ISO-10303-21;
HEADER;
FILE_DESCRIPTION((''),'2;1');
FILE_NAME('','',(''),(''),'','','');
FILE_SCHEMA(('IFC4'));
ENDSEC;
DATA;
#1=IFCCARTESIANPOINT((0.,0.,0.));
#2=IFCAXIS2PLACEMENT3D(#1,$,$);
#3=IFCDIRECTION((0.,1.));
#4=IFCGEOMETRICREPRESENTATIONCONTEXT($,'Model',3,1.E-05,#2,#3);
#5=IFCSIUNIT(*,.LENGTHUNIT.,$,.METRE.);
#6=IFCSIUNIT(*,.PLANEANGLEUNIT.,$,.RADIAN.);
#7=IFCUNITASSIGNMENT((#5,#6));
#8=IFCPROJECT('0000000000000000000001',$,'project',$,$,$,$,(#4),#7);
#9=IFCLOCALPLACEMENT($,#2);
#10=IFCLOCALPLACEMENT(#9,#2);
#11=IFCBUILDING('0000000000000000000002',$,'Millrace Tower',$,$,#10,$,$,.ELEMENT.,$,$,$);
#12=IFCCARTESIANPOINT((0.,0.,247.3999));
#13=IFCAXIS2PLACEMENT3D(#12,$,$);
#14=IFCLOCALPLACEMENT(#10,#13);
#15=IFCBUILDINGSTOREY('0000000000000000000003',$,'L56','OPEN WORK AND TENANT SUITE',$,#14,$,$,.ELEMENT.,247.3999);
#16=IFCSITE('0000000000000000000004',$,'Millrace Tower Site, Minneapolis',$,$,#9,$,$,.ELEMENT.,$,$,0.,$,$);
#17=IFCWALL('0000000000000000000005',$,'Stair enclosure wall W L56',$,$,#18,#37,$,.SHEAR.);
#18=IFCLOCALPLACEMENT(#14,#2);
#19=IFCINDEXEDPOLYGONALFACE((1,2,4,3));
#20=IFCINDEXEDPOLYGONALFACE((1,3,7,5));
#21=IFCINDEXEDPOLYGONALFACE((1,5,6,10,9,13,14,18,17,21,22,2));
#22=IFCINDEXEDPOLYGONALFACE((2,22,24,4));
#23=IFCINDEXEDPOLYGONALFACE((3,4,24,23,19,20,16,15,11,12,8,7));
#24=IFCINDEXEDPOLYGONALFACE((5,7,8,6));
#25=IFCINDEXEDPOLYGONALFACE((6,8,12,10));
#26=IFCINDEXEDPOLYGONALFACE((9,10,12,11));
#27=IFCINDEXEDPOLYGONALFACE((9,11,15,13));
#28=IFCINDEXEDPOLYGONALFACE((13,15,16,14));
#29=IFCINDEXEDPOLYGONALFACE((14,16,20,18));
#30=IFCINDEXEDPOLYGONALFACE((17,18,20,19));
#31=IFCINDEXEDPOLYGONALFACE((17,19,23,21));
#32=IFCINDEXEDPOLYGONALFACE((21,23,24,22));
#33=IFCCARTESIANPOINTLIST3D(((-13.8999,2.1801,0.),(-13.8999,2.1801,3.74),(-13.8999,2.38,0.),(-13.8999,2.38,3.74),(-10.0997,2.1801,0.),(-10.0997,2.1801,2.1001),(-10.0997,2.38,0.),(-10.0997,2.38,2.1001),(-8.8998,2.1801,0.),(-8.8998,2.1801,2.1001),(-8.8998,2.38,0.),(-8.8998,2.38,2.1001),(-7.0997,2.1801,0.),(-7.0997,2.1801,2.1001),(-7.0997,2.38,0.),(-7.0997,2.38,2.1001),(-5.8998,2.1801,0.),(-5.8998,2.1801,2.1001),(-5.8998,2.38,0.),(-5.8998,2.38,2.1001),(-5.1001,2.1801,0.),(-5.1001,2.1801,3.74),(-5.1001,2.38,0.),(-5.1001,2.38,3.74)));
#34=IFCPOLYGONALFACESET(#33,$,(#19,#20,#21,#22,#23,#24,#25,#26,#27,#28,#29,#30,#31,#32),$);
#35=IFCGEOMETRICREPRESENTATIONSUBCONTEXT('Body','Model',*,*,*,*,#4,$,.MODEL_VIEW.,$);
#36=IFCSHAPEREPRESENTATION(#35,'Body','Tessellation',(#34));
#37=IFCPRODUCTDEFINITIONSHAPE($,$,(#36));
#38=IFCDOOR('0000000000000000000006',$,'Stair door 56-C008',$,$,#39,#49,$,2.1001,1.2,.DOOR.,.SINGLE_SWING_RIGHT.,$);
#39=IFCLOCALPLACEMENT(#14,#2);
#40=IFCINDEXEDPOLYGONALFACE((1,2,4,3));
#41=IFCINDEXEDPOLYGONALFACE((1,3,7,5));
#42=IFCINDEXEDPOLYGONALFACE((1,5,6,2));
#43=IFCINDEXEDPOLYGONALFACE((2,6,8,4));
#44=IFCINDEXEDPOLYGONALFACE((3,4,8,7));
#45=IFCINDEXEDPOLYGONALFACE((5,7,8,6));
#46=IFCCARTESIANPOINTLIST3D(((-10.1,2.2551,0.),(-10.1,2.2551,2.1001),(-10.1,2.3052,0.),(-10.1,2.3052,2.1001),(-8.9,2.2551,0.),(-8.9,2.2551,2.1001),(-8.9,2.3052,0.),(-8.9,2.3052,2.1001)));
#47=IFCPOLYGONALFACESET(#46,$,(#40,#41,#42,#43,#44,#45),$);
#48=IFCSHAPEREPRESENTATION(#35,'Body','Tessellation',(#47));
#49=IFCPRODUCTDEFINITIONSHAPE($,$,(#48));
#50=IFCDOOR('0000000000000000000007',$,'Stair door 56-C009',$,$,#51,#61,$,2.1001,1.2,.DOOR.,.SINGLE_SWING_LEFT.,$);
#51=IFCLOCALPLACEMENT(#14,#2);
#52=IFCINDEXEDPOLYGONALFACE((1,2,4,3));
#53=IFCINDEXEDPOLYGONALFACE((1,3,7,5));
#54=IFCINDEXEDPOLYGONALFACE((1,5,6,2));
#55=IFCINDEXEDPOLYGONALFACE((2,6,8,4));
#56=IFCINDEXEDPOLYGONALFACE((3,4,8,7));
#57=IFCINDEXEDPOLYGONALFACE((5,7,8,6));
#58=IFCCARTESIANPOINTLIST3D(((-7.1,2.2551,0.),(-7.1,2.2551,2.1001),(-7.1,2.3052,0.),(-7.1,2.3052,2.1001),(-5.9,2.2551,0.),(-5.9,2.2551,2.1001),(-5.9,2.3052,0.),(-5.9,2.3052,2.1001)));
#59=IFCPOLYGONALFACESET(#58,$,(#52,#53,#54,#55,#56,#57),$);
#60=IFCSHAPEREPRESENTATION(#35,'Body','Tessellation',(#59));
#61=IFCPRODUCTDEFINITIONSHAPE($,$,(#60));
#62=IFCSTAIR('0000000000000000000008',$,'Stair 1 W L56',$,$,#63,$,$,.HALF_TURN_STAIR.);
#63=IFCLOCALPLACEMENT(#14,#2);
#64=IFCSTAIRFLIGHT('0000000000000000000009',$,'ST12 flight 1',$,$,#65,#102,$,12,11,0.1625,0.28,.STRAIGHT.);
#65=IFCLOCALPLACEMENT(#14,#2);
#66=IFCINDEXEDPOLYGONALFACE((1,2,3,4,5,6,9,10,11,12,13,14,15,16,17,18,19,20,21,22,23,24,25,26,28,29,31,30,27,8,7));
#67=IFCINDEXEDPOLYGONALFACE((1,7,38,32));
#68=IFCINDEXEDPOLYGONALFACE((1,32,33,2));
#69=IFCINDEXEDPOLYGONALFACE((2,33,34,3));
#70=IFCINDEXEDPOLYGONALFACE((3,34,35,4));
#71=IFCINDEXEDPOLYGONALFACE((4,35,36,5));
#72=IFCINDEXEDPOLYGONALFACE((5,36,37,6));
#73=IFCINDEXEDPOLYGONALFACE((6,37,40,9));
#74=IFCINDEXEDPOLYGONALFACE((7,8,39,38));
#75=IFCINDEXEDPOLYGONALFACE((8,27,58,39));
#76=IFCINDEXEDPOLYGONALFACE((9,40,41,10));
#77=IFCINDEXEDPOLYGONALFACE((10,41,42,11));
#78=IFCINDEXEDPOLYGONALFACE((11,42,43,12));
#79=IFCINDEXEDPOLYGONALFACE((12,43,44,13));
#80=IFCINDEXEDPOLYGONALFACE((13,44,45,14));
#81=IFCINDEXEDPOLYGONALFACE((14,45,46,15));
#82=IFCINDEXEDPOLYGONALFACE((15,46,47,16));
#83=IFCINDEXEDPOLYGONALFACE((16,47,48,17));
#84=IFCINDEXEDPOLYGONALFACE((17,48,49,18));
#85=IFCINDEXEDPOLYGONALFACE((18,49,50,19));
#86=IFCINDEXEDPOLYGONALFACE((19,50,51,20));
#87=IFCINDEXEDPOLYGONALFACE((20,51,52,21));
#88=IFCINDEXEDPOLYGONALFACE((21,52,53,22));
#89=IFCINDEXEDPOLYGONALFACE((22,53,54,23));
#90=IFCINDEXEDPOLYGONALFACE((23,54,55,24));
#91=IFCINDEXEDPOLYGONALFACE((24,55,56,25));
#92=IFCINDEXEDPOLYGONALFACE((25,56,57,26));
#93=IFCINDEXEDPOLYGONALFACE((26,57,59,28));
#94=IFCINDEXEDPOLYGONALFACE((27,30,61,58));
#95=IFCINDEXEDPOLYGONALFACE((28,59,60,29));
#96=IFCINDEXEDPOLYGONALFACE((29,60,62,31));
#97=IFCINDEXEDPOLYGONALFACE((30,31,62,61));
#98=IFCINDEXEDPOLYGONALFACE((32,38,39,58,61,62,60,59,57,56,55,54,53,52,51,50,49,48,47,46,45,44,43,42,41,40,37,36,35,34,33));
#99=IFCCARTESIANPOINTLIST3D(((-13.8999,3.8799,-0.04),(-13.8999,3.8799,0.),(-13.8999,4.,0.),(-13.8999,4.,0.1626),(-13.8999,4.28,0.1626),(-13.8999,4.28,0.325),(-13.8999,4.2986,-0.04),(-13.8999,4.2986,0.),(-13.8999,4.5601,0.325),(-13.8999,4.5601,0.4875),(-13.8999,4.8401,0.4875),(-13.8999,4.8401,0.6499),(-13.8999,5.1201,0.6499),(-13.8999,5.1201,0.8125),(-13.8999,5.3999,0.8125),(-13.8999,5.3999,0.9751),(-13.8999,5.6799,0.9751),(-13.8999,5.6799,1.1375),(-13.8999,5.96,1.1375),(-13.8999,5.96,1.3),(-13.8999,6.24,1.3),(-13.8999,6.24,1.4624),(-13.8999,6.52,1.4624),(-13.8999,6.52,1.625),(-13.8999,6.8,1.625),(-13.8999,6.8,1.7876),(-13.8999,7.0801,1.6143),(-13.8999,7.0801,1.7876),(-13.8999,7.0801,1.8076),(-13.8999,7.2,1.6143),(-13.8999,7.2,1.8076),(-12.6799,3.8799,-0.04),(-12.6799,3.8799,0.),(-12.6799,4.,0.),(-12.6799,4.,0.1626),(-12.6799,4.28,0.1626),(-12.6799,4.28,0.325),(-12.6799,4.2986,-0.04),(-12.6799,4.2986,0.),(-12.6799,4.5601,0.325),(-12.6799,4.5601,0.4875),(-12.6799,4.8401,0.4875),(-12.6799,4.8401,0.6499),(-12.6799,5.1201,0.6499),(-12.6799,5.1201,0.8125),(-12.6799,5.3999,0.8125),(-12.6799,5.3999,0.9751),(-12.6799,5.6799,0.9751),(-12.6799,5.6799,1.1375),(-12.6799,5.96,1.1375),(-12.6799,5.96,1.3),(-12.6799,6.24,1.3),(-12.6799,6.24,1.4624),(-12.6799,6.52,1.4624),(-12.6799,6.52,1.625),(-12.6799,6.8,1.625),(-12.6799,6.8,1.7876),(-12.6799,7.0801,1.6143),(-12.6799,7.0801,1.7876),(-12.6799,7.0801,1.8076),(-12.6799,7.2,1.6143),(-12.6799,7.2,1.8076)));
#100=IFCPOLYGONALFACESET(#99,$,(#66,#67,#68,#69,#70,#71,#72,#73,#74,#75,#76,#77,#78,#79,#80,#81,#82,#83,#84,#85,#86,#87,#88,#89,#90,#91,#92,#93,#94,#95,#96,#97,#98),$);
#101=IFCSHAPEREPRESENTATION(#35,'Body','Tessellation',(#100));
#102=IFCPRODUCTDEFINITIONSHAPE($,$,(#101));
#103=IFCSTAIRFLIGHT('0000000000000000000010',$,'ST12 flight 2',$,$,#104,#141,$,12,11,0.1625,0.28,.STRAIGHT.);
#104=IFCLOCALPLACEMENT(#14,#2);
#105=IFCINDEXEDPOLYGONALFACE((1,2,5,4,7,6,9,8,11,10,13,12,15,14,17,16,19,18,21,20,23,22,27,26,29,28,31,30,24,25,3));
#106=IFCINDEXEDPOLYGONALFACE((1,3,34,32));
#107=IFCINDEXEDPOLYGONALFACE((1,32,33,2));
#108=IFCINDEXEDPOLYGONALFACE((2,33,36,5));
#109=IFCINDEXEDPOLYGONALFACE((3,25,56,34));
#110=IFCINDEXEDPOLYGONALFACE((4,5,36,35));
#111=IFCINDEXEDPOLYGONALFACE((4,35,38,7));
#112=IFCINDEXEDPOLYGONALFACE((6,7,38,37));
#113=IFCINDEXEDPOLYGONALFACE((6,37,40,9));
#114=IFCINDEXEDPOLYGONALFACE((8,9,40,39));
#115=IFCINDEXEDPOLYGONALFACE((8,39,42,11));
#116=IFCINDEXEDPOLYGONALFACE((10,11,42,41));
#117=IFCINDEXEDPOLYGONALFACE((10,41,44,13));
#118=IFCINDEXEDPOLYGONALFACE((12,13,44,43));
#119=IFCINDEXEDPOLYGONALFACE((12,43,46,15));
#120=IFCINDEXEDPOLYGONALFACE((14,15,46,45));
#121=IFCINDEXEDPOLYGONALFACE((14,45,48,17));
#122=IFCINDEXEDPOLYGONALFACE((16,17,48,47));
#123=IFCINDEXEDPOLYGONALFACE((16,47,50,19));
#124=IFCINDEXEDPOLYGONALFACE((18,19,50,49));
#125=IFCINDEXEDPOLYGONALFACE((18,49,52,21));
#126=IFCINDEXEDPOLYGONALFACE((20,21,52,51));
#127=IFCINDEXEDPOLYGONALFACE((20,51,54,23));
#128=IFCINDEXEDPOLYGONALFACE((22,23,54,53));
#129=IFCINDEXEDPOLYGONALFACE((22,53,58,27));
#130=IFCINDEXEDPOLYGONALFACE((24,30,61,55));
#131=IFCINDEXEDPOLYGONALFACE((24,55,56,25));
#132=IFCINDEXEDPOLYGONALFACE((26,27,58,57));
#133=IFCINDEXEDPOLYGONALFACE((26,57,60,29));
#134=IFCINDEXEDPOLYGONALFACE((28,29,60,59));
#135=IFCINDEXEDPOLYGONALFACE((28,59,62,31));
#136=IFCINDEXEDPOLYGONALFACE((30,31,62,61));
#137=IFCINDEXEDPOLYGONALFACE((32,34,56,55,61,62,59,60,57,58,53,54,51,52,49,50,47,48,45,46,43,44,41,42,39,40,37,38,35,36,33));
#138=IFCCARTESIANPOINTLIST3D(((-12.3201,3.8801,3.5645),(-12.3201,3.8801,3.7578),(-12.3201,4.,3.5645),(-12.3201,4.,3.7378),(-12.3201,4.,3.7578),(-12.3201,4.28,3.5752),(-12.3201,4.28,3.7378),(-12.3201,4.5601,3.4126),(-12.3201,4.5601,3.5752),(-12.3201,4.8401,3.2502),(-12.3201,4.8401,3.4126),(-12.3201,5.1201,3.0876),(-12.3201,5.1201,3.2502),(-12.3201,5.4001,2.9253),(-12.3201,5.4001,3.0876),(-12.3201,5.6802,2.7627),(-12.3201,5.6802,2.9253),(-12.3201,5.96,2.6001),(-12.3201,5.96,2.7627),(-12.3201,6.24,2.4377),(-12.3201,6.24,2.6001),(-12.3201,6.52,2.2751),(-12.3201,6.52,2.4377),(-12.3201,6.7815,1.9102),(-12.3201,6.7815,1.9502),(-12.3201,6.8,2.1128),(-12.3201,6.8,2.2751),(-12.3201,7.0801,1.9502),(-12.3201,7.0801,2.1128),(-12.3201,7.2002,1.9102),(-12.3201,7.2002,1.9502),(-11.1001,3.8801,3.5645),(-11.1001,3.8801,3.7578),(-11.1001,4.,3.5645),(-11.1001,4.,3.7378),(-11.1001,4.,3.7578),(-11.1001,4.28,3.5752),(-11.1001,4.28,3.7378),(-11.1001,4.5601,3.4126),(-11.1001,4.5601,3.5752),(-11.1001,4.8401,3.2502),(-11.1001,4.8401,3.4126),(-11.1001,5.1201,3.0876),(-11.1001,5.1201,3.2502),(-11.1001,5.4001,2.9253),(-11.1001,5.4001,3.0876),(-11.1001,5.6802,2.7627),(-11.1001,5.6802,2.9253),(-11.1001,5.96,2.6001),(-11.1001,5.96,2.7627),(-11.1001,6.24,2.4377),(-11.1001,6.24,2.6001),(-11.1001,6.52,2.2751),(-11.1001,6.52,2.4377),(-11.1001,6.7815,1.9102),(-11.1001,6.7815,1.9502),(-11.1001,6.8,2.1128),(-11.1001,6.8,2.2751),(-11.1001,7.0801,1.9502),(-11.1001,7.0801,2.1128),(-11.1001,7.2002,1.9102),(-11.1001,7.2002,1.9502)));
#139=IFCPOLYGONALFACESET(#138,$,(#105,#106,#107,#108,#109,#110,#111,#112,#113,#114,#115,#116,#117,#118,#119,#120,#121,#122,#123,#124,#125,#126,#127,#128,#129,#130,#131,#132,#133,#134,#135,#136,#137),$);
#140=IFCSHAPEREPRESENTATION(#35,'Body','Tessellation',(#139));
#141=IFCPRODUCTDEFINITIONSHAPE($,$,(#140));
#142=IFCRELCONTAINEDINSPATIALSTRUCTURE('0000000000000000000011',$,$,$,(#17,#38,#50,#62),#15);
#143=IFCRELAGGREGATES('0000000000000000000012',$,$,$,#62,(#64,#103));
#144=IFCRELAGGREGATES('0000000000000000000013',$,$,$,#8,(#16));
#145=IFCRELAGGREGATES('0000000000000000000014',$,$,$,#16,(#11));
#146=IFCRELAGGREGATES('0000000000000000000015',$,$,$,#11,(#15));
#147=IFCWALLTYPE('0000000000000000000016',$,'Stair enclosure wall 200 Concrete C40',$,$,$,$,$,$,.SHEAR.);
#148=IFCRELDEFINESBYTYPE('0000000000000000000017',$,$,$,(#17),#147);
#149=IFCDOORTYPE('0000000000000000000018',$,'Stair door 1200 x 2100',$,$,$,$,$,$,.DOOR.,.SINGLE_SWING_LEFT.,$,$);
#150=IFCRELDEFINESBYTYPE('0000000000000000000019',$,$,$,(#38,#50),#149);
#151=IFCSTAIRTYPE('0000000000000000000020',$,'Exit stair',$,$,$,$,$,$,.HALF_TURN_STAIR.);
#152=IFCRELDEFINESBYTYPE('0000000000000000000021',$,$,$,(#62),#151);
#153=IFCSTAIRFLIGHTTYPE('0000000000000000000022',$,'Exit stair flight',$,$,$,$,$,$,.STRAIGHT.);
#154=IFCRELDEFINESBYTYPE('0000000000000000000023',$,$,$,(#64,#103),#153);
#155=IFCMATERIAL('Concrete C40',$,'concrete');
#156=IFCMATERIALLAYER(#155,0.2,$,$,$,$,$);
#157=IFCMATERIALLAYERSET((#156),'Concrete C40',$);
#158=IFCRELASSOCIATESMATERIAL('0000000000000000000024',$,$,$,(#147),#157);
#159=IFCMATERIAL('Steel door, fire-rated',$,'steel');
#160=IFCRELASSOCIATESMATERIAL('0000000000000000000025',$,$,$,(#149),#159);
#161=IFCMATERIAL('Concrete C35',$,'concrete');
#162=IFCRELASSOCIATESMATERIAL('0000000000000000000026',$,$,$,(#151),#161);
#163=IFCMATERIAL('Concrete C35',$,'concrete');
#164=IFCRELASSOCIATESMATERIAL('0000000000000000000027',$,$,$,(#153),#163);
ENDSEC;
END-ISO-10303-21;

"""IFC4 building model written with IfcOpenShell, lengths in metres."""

from ifc_helpers import new_model, si_unit, direction, frame, frame_2d, origin, place, context, subcontext, project, spatial, polyline, rectangle, outline, extrude, material, layer, layer_set, type_object, element, fill, aggregate, save


model = new_model("IFC4")

# Units and contexts
model_context = context("Model", 3, precision=1e-05, world=origin(), true_north=direction((0.0, 1.0)))
body_context = subcontext(model_context, "Body", "Model", "MODEL_VIEW")
ifc_project = project(units=[si_unit("LENGTHUNIT", "METRE"), si_unit("PLANEANGLEUNIT", "RADIAN")], contexts=[model_context])

# Site, building, storey
site_placement = place(None, origin())
site = spatial("IfcSite", under=ifc_project, at=site_placement, Name="Millrace Tower Site, Minneapolis", CompositionType="ELEMENT", RefElevation=0.0)
building_placement = place(site_placement, origin())
building = spatial("IfcBuilding", under=site, at=building_placement, Name="Millrace Tower", CompositionType="ELEMENT")
storey_placement = place(building_placement, frame((0.0, 0.0, 247.3999)))
storey = spatial("IfcBuildingStorey", under=building, at=storey_placement, Name="L56", Description="OPEN WORK AND TENANT SUITE", CompositionType="ELEMENT", Elevation=247.3999)

# Shared definitions
placement = place(storey_placement, origin())

# Shared definitions
ifc_material_1 = material(Name="Concrete C40", Category="concrete")
ifc_layer_1 = layer(ifc_material_1, 0.2)
ifc_layer_set_1 = layer_set([ifc_layer_1], Name="Concrete C40")
wall_type_1 = type_object("IfcWallType", Name="Stair enclosure wall 200 Concrete C40", PredefinedType="SHEAR", material=ifc_layer_set_1)

# Wall, openings, doors
wall_1_placement = place(storey_placement, frame((-13.8999, 2.28, 0.0), z_axis=(0.0, 0.0, 1.0), x_axis=(1.0, 0.0, 0.0)))
wall_1 = element("IfcWall", 1, at=wall_1_placement, inside=storey, type_object=wall_type_1, Name="Stair enclosure wall W L56", PredefinedType="SHEAR", context=body_context, shape_type="SweptSolid", body=[
    extrude(rectangle(XDim=8.7998, YDim=0.2, at=frame_2d((4.3999, 0.0))), origin(), (0.0, 0.0, 1.0), 3.74),
])
opening_1_placement = place(wall_1_placement, frame((3.8, 0.0, 0.0)))
opening_1 = element("IfcOpeningElement", 2, at=opening_1_placement, cuts=wall_1, PredefinedType="OPENING", context=body_context, shape_type="SweptSolid", body=[
    extrude(rectangle(XDim=1.2, YDim=2.1001, at=frame_2d((0.6001, 1.05))), frame((0.0, 0.1099, 0.0), z_axis=(0.0, -1.0, 0.0), x_axis=(1.0, 0.0, 0.0)), (0.0, 0.0, 1.0), 0.22),
])
opening_2_placement = place(wall_1_placement, frame((6.8, 0.0, 0.0)))
opening_2 = element("IfcOpeningElement", 3, at=opening_2_placement, cuts=wall_1, PredefinedType="OPENING", context=body_context, shape_type="SweptSolid", body=[
    extrude(rectangle(XDim=1.2, YDim=2.1001, at=frame_2d((0.6001, 1.05))), frame((0.0, 0.1099, 0.0), z_axis=(0.0, -1.0, 0.0), x_axis=(1.0, 0.0, 0.0)), (0.0, 0.0, 1.0), 0.22),
])
ifc_material_2 = material(Name="Steel door, fire-rated", Category="steel")
door_type_1 = type_object("IfcDoorType", Name="Stair door 1200 x 2100", OperationType="SINGLE_SWING_LEFT", PredefinedType="DOOR", material=ifc_material_2)
door_1_placement = place(opening_1_placement, frame((1.2, 0.0, 0.0), z_axis=(0.0, 0.0, 1.0), x_axis=(-1.0, 0.0, 0.0)))
door_1 = element("IfcDoor", 4, at=door_1_placement, inside=storey, type_object=door_type_1, Name="Stair door 56-C008", OperationType="SINGLE_SWING_RIGHT", OverallHeight=2.1001, OverallWidth=1.2, PredefinedType="DOOR", context=body_context, shape_type="SweptSolid", body=[
    extrude(rectangle(XDim=1.2, YDim=2.1001, at=frame_2d((0.6001, 1.05))), frame((0.0, 0.0249, 0.0), z_axis=(0.0, -1.0, 0.0), x_axis=(1.0, 0.0, 0.0)), (0.0, 0.0, 1.0), 0.05),
])
fill(opening_1, door_1)
door_2_placement = place(opening_2_placement, frame((1.2, 0.0, 0.0), z_axis=(0.0, 0.0, 1.0), x_axis=(-1.0, 0.0, 0.0)))
door_2 = element("IfcDoor", 5, at=door_2_placement, inside=storey, type_object=door_type_1, Name="Stair door 56-C009", OperationType="SINGLE_SWING_LEFT", OverallHeight=2.1001, OverallWidth=1.2, PredefinedType="DOOR", context=body_context, shape_type="SweptSolid", body=[
    extrude(rectangle(XDim=1.2, YDim=2.1001, at=frame_2d((0.6001, 1.05))), frame((0.0, 0.0249, 0.0), z_axis=(0.0, -1.0, 0.0), x_axis=(1.0, 0.0, 0.0)), (0.0, 0.0, 1.0), 0.05),
])
fill(opening_2, door_2)

# Stair, stair flights
ifc_material_3 = material(Name="Concrete C35", Category="concrete")
stair_type = type_object("IfcStairType", Name="Exit stair", PredefinedType="HALF_TURN_STAIR", material=ifc_material_3)
stair = element("IfcStair", 6, at=placement, inside=storey, type_object=stair_type, Name="Stair 1 W L56", PredefinedType="HALF_TURN_STAIR")
ifc_material_4 = material(Name="Concrete C35", Category="concrete")
stair_flight_type = type_object("IfcStairFlightType", Name="Exit stair flight", PredefinedType="STRAIGHT", material=ifc_material_4)
stair_flight_1_placement = place(storey_placement, frame((-13.29, 4.0, 0.0), z_axis=(0.0, 0.0, 1.0), x_axis=(0.0, 1.0, 0.0)))
stair_flight_1 = element("IfcStairFlight", 7, at=stair_flight_1_placement, type_object=stair_flight_type, Name="ST12 flight 1", NumberOfRisers=12, NumberOfTreads=11, PredefinedType="STRAIGHT", RiserHeight=0.1625, TreadLength=0.28, context=body_context, shape_type="SweptSolid", body=[
    extrude(outline(polyline([(-0.1201, -0.04), (-0.1201, 0.0), (0.0, 0.0), (0.0, 0.1626), (0.28, 0.1626), (0.28, 0.325), (0.5601, 0.325), (0.5601, 0.4875), (0.8401, 0.4875), (0.8401, 0.6499), (1.1201, 0.6499), (1.1201, 0.8125), (1.3999, 0.8125), (1.3999, 0.9751), (1.6799, 0.9751), (1.6799, 1.1375), (1.96, 1.1375), (1.96, 1.3), (2.24, 1.3), (2.24, 1.4624), (2.52, 1.4624), (2.52, 1.625), (2.8, 1.625), (2.8, 1.7876), (3.0801, 1.7876), (3.0801, 1.8076), (3.2, 1.8076), (3.2, 1.6143), (3.0801, 1.6143), (0.2986, 0.0), (0.2986, -0.04), (-0.1201, -0.04)])), frame((0.0, 0.6099, 0.0), z_axis=(0.0, -1.0, 0.0), x_axis=(1.0, 0.0, 0.0)), (0.0, 0.0, 1.0), 1.22),
])
stair_flight_2_placement = place(storey_placement, frame((-11.71, 7.0801, 1.9502), z_axis=(0.0, 0.0, 1.0), x_axis=(0.0, -1.0, 0.0)))
stair_flight_2 = element("IfcStairFlight", 8, at=stair_flight_2_placement, type_object=stair_flight_type, Name="ST12 flight 2", NumberOfRisers=12, NumberOfTreads=11, PredefinedType="STRAIGHT", RiserHeight=0.1625, TreadLength=0.28, context=body_context, shape_type="SweptSolid", body=[
    extrude(outline(polyline([(-0.1201, -0.04), (-0.1201, 0.0), (0.0, 0.0), (0.0, 0.1626), (0.28, 0.1626), (0.28, 0.325), (0.5601, 0.325), (0.5601, 0.4875), (0.8401, 0.4875), (0.8401, 0.6499), (1.1201, 0.6499), (1.1201, 0.8125), (1.3999, 0.8125), (1.3999, 0.9751), (1.6799, 0.9751), (1.6799, 1.1375), (1.96, 1.1375), (1.96, 1.3), (2.24, 1.3), (2.24, 1.4624), (2.52, 1.4624), (2.52, 1.625), (2.8, 1.625), (2.8, 1.7876), (3.0801, 1.7876), (3.0801, 1.8076), (3.2, 1.8076), (3.2, 1.6143), (3.0801, 1.6143), (0.2986, 0.0), (0.2986, -0.04), (-0.1201, -0.04)])), frame((0.0, 0.6099, 0.0), z_axis=(0.0, -1.0, 0.0), x_axis=(1.0, 0.0, 0.0)), (0.0, 0.0, 1.0), 1.22),
])
aggregate(stair, [stair_flight_1, stair_flight_2])

save(model, "model.ifc")
